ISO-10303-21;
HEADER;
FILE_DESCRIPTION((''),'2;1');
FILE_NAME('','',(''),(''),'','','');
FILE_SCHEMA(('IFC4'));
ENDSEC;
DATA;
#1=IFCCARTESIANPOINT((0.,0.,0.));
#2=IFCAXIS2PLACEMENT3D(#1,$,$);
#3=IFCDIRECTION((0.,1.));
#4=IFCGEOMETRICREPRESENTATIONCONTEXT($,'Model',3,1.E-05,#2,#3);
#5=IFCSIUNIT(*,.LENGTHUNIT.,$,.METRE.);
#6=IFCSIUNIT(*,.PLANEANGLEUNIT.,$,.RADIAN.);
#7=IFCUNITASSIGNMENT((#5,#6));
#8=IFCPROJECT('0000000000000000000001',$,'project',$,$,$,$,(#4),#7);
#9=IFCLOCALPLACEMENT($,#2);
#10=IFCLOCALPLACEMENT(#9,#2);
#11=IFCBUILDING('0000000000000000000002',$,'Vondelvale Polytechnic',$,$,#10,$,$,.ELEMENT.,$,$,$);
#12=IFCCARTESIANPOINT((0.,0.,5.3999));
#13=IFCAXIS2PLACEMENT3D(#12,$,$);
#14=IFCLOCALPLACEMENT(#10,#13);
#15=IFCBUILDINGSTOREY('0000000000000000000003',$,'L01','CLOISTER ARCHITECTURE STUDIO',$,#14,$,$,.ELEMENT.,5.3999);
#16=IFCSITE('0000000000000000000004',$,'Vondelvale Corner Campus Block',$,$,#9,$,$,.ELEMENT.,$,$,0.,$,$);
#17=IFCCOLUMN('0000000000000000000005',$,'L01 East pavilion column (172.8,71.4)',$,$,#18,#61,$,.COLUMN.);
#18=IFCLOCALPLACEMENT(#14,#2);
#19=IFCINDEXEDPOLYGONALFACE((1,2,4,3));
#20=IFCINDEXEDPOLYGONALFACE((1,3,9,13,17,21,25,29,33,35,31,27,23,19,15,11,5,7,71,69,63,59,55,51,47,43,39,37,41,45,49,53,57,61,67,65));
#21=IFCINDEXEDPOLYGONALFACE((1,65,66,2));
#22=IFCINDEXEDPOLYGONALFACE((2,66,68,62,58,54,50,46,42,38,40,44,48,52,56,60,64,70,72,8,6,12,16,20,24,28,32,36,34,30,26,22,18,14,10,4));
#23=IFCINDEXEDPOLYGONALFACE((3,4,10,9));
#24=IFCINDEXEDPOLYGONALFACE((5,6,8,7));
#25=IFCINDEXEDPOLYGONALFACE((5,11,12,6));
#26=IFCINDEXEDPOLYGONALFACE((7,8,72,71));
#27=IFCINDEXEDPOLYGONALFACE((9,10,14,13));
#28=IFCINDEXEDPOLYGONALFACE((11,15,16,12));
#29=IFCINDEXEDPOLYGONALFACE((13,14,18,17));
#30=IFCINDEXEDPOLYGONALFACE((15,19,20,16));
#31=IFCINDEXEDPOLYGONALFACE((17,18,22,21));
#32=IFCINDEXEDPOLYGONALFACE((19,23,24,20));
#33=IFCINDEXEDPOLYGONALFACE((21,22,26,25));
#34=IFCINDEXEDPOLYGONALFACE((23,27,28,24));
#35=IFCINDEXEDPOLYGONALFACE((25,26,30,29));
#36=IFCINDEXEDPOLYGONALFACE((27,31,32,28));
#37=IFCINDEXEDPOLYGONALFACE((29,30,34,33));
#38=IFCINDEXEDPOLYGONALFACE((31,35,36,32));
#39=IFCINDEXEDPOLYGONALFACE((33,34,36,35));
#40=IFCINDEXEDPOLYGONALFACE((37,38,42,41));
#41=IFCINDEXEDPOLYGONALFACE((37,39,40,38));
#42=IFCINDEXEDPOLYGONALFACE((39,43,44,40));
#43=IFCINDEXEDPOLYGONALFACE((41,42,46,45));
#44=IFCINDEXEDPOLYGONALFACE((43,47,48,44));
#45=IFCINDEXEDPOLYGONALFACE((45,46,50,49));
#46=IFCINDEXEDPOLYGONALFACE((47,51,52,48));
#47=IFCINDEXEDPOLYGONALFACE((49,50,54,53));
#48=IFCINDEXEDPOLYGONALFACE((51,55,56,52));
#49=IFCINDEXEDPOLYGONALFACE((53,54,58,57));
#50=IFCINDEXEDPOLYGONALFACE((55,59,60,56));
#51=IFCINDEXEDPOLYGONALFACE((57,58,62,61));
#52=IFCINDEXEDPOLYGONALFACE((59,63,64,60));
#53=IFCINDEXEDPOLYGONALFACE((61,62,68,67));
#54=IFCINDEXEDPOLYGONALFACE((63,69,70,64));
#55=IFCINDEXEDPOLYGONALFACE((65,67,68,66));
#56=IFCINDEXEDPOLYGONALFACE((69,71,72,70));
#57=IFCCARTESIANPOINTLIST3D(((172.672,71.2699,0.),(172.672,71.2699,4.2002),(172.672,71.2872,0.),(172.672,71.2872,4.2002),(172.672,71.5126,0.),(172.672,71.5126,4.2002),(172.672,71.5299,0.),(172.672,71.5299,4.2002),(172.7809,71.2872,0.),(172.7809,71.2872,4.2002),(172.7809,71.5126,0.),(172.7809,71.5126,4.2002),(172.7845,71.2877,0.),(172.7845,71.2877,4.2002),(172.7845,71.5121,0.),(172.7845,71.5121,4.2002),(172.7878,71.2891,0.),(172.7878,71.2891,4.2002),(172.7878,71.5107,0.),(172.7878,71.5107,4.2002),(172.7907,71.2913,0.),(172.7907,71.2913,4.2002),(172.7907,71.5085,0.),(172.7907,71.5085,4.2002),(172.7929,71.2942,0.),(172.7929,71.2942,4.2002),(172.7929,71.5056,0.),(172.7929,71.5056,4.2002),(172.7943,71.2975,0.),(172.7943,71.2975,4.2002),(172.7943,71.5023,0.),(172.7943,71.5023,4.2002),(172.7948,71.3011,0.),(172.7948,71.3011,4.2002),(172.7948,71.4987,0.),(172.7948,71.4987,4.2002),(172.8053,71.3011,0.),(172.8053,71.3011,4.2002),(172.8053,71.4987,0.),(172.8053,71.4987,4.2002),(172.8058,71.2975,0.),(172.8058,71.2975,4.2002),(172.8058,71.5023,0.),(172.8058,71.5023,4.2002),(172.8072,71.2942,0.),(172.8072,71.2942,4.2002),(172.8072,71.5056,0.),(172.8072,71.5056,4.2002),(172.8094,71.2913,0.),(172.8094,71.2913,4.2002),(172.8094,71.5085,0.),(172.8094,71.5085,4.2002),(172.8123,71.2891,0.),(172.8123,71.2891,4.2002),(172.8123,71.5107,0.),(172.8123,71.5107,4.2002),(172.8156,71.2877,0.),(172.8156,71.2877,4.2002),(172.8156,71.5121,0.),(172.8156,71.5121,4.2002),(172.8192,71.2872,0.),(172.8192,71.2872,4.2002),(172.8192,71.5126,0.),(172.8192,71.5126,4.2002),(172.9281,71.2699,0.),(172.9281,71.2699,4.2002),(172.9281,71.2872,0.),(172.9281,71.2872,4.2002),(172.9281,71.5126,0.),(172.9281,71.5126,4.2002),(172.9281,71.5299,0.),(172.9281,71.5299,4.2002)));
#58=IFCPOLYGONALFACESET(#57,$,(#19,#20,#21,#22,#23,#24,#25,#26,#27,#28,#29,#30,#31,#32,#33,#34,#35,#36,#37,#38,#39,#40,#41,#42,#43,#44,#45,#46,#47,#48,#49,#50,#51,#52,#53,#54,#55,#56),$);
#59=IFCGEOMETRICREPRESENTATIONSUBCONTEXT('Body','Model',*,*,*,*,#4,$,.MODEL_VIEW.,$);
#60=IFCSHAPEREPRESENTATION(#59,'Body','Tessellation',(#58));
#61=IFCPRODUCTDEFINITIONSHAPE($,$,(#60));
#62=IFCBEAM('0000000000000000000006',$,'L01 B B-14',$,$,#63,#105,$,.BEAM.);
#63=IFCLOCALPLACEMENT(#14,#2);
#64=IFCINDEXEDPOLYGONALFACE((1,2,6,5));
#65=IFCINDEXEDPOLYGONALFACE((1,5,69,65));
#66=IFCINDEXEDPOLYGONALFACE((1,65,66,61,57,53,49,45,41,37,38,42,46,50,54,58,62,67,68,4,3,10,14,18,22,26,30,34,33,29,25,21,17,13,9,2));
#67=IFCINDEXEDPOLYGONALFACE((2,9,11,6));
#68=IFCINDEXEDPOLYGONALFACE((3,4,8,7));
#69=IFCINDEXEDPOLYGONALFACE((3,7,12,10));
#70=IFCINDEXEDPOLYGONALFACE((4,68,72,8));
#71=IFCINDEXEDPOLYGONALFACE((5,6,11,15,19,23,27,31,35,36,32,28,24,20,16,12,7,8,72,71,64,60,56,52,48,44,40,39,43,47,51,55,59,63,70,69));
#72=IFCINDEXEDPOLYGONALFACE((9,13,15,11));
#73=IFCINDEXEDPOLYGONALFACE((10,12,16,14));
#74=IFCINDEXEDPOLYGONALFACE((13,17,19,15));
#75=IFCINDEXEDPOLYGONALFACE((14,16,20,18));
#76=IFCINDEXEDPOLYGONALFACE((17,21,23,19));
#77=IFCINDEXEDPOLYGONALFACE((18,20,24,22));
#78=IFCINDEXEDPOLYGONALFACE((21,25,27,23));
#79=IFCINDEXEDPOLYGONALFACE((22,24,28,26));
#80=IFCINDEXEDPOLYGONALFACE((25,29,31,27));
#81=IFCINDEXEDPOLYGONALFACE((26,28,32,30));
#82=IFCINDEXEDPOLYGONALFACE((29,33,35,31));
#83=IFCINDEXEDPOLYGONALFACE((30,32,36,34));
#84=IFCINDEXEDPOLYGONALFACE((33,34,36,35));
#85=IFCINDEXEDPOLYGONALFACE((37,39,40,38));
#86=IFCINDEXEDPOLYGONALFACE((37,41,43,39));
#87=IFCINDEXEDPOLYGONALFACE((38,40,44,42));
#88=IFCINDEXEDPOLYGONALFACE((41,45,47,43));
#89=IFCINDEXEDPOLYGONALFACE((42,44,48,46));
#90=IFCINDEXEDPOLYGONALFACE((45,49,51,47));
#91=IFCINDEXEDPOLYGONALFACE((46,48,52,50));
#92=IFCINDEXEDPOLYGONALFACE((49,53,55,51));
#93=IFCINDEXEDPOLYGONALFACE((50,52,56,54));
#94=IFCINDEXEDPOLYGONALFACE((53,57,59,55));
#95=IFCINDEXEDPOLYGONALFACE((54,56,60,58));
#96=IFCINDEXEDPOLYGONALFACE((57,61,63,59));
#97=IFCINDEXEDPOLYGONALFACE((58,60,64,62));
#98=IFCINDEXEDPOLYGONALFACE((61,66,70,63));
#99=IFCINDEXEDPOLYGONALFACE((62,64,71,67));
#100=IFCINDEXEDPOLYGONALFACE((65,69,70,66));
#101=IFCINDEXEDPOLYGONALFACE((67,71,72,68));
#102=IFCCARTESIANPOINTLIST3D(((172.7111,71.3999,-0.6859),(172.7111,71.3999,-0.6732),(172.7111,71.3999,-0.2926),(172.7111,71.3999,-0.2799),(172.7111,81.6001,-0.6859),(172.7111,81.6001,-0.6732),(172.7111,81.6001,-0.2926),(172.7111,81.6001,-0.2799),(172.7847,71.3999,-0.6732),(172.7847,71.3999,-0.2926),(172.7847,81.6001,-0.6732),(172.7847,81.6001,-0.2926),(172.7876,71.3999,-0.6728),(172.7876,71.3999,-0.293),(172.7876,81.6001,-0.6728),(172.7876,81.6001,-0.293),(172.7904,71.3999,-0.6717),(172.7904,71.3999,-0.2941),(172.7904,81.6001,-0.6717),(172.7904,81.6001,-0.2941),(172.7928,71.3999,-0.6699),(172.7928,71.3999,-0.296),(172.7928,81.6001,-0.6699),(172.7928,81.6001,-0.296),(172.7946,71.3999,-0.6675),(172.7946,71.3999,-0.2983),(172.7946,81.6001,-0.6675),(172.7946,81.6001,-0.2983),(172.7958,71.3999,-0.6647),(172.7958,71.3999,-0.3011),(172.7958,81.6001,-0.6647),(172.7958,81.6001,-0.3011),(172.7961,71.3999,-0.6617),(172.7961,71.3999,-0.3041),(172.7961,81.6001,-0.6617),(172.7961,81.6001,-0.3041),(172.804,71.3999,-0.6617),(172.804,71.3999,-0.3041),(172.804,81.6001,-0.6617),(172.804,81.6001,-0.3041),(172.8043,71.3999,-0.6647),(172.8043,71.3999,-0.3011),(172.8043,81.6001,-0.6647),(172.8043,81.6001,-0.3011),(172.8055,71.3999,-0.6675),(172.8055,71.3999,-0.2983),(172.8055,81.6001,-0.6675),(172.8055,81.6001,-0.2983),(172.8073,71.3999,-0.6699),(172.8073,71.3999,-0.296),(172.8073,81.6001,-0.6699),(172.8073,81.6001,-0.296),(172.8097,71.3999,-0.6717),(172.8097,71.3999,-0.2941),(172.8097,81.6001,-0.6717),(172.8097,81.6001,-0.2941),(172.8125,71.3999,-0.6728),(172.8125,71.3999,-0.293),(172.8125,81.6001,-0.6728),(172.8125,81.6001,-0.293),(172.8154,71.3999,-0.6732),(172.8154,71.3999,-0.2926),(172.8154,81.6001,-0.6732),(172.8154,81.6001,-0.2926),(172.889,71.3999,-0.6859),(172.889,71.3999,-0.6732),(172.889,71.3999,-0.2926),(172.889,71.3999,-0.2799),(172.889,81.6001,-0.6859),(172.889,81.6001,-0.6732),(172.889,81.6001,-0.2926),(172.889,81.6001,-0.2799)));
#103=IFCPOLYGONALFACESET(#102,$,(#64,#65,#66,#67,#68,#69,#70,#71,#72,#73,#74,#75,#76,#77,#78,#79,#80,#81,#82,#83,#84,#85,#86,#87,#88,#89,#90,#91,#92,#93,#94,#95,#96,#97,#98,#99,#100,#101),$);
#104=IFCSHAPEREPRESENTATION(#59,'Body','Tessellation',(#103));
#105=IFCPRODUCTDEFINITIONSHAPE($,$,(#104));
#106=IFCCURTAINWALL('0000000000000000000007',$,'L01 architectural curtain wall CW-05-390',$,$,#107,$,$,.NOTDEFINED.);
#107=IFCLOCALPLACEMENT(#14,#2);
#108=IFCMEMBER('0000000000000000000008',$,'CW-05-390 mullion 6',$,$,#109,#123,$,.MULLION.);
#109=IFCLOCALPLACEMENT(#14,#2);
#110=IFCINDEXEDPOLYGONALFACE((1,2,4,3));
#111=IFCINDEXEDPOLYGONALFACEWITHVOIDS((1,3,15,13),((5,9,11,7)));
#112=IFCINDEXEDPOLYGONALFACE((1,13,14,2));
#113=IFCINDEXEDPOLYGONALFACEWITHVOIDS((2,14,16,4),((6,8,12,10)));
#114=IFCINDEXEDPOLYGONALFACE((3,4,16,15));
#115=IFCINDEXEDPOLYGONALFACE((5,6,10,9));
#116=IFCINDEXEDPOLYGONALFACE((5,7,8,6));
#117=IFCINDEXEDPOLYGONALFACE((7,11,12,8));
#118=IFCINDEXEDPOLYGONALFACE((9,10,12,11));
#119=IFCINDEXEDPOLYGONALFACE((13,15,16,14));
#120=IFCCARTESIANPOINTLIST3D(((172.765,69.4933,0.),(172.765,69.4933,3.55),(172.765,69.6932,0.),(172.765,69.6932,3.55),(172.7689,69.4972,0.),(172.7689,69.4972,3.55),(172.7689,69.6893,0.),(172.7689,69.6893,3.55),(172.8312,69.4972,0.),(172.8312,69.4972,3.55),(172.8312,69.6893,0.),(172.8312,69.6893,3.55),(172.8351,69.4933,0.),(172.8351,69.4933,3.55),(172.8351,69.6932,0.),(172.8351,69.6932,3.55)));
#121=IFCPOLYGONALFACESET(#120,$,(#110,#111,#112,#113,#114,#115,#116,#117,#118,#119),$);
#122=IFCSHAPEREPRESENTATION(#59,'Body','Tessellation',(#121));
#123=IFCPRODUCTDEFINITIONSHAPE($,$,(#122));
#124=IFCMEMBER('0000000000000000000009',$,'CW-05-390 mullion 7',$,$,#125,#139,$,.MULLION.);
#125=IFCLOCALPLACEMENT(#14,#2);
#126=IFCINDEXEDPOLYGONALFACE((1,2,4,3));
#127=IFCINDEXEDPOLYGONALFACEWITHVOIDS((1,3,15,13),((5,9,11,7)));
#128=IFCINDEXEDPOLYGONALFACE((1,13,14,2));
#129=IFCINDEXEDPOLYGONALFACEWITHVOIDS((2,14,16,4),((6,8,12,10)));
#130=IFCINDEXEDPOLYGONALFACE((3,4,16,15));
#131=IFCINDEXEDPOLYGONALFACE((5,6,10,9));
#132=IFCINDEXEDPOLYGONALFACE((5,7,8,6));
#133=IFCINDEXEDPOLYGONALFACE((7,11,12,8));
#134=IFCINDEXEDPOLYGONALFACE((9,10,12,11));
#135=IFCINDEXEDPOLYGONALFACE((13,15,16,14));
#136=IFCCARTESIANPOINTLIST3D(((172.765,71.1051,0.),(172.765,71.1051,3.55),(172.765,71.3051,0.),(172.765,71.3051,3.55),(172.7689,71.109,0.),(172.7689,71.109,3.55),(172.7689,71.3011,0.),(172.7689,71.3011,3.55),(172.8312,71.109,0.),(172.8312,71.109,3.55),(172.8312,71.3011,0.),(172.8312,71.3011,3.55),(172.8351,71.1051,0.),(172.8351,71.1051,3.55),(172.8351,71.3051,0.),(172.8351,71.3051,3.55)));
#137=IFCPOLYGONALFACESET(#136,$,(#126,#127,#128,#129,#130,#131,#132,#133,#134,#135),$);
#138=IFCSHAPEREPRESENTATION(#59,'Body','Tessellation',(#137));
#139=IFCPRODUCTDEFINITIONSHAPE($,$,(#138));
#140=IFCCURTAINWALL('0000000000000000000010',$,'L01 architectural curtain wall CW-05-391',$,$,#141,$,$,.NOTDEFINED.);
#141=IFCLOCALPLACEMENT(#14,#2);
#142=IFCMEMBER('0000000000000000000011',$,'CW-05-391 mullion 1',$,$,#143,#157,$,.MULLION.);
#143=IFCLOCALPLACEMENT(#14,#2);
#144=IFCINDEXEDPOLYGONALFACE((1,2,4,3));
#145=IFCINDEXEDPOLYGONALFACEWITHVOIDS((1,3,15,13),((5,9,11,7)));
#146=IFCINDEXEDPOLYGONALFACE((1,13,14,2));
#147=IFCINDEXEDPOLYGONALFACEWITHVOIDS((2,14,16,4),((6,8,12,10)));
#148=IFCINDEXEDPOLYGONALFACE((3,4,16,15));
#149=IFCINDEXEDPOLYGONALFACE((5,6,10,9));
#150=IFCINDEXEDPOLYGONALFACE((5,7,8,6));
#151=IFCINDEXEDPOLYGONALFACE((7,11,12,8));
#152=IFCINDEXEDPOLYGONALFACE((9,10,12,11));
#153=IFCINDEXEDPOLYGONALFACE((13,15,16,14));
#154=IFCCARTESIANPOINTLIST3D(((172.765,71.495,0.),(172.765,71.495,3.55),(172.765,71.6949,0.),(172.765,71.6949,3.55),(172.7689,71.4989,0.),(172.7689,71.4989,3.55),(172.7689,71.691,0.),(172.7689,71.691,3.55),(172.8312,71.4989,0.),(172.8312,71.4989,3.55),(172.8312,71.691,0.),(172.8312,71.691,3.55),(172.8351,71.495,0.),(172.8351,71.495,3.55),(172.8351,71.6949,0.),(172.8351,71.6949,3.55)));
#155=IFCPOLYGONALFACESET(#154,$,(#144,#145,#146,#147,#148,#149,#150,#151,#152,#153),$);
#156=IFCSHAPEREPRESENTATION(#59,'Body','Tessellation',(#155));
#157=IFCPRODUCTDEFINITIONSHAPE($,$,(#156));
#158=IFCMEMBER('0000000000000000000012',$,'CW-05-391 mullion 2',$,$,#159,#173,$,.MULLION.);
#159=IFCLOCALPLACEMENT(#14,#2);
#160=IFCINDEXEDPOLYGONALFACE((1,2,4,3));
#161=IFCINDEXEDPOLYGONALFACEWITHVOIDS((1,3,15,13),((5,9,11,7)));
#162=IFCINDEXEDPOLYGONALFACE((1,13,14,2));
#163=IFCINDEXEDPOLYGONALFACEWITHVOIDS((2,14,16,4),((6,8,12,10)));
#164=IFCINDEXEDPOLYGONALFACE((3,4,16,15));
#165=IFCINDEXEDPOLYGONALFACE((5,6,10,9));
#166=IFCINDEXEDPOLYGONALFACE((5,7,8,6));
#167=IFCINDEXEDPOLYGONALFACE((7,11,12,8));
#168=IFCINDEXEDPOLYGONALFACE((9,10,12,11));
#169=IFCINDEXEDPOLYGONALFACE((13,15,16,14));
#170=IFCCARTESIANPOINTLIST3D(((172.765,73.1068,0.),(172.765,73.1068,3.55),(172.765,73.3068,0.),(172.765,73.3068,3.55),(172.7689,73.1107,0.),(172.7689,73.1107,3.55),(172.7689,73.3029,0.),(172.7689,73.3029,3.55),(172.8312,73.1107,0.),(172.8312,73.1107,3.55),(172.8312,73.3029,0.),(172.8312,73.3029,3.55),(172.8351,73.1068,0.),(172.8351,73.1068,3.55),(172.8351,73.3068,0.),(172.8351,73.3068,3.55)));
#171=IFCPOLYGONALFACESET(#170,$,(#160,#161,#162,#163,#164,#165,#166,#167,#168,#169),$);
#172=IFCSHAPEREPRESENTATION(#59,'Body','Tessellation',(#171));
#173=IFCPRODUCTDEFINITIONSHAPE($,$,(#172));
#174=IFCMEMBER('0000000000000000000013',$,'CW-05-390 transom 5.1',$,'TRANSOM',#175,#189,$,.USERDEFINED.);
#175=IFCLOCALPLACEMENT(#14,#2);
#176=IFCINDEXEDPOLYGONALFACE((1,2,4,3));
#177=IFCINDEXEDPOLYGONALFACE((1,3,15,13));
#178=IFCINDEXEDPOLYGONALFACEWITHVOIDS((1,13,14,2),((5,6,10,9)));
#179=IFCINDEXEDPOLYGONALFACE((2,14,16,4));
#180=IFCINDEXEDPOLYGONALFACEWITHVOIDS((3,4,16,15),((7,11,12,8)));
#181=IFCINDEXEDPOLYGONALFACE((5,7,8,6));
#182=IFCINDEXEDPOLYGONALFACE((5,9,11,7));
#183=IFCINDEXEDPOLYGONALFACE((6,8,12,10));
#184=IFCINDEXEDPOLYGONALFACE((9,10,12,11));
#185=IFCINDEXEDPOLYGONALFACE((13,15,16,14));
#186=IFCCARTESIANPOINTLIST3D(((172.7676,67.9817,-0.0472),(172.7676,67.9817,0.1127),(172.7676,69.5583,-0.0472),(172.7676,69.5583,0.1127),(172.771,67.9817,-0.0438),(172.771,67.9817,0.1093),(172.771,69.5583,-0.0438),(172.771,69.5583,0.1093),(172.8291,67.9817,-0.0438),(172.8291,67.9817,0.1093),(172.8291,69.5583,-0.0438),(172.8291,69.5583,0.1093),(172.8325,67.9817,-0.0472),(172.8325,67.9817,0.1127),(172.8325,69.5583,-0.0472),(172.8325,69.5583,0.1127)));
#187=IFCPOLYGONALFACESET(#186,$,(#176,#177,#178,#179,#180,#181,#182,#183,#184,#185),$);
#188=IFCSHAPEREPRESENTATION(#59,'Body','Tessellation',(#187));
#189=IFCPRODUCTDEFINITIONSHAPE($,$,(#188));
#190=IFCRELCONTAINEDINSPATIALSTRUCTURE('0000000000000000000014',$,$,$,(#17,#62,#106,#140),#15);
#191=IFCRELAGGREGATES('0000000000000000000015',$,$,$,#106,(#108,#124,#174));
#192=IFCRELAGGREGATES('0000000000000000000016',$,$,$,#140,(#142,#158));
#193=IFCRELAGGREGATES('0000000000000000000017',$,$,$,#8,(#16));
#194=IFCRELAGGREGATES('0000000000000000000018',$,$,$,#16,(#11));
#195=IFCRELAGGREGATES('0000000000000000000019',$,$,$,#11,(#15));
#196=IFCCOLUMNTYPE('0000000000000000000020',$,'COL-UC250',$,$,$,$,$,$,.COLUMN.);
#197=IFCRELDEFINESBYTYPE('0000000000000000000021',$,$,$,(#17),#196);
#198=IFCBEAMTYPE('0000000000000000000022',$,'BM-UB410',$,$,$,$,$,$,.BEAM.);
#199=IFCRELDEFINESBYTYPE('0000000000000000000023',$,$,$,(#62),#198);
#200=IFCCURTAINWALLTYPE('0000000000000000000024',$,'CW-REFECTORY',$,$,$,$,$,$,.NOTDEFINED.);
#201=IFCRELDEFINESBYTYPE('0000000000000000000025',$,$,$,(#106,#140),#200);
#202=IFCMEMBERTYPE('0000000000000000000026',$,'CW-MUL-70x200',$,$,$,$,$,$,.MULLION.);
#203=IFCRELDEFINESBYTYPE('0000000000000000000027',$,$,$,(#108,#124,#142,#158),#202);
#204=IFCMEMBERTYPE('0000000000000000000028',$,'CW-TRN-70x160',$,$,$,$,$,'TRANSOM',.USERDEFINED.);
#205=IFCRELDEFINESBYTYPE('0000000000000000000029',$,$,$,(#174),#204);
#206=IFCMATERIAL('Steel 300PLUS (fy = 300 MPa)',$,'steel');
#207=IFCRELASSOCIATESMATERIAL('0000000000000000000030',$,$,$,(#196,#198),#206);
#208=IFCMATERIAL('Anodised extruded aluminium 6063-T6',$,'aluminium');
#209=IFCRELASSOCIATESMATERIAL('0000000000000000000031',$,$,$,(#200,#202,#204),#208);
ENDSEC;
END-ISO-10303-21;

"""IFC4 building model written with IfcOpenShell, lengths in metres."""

from ifc_helpers import new_model, si_unit, direction, frame, origin, origin_2d, place, context, subcontext, project, spatial, hollow_rectangle, i_section, extrude, material, material_profile, profile_set, type_object, element, aggregate, save


model = new_model("IFC4")

# Units and contexts
model_context = context("Model", 3, precision=1e-05, world=origin(), true_north=direction((0.0, 1.0)))
body_context = subcontext(model_context, "Body", "Model", "MODEL_VIEW")
ifc_project = project(units=[si_unit("LENGTHUNIT", "METRE"), si_unit("PLANEANGLEUNIT", "RADIAN")], contexts=[model_context])

# Site, building, storey
site_placement = place(None, origin())
site = spatial("IfcSite", under=ifc_project, at=site_placement, Name="Vondelvale Corner Campus Block", CompositionType="ELEMENT", RefElevation=0.0)
building_placement = place(site_placement, origin())
building = spatial("IfcBuilding", under=site, at=building_placement, Name="Vondelvale Polytechnic", CompositionType="ELEMENT")
storey_placement = place(building_placement, frame((0.0, 0.0, 5.3999)))
storey = spatial("IfcBuildingStorey", under=building, at=storey_placement, Name="L01", Description="CLOISTER ARCHITECTURE STUDIO", CompositionType="ELEMENT", Elevation=5.3999)

# Column
ifc_material_1 = material(Name="Steel 300PLUS (fy = 300 MPa)", Category="steel")
ifc_material_profile_1 = material_profile(ifc_material_1, i_section(OverallWidth=0.2561, OverallDepth=0.26, WebThickness=0.0105, FlangeThickness=0.0173, FilletRadius=0.0139, at=origin_2d()), Name="250UC89.5")
ifc_profile_set_1 = profile_set([ifc_material_profile_1], Name="Steel 300PLUS (fy = 300 MPa)")
column_type = type_object("IfcColumnType", Name="COL-UC250", PredefinedType="COLUMN", material=ifc_profile_set_1)
column_placement = place(storey_placement, frame((172.8, 71.3999, 0.0), z_axis=(0.0, 0.0, 1.0), x_axis=(1.0, 0.0, 0.0)))
element("IfcColumn", 1, at=column_placement, inside=storey, type_object=column_type, Name="L01 East pavilion column (172.8,71.4)", PredefinedType="COLUMN", context=body_context, shape_type="SweptSolid", body=[
    extrude(i_section(OverallWidth=0.2561, OverallDepth=0.26, WebThickness=0.0105, FlangeThickness=0.0173, FilletRadius=0.0139, at=origin_2d()), origin(), (0.0, 0.0, 1.0), 4.2002),
])

# Beam
ifc_material_profile_2 = material_profile(ifc_material_1, i_section(OverallWidth=0.178, OverallDepth=0.406, WebThickness=0.0078, FlangeThickness=0.0127, FilletRadius=0.0115, at=origin_2d()), Name="410UB59.7")
ifc_profile_set_2 = profile_set([ifc_material_profile_2], Name="Steel 300PLUS (fy = 300 MPa)")
beam_type = type_object("IfcBeamType", Name="BM-UB410", PredefinedType="BEAM", material=ifc_profile_set_2)
beam_placement = place(storey_placement, frame((172.8, 71.3999, -0.4829), z_axis=(0.0, 1.0, 0.0), x_axis=(-1.0, 0.0, 0.0)))
element("IfcBeam", 2, at=beam_placement, inside=storey, type_object=beam_type, Name="L01 B B-14", PredefinedType="BEAM", context=body_context, shape_type="SweptSolid", body=[
    extrude(i_section(OverallWidth=0.178, OverallDepth=0.406, WebThickness=0.0078, FlangeThickness=0.0127, FilletRadius=0.0115, at=origin_2d()), origin(), (0.0, 0.0, 1.0), 10.2002),
])

# Curtain walls, members
ifc_material_2 = material(Name="Anodised extruded aluminium 6063-T6", Category="aluminium")
curtain_wall_type = type_object("IfcCurtainWallType", Name="CW-REFECTORY", PredefinedType="NOTDEFINED", material=ifc_material_2)
curtain_wall_1_placement = place(storey_placement, origin())
curtain_wall_1 = element("IfcCurtainWall", 3, at=curtain_wall_1_placement, inside=storey, type_object=curtain_wall_type, Name="L01 architectural curtain wall CW-05-390", PredefinedType="NOTDEFINED")
ifc_material_profile_3 = material_profile(ifc_material_2, hollow_rectangle(XDim=0.0701, YDim=0.2, WallThickness=0.0039, at=origin_2d()), Name="CW-MUL-200x70")
ifc_profile_set_3 = profile_set([ifc_material_profile_3], Name="Anodised extruded aluminium 6063-T6")
member_type_1 = type_object("IfcMemberType", Name="CW-MUL-70x200", PredefinedType="MULLION", material=ifc_profile_set_3)
member_1_placement = place(storey_placement, frame((172.8, 69.5933, 0.0), z_axis=(0.0, 0.0, 1.0), x_axis=(-1.0, 0.0, 0.0)))
member_1 = element("IfcMember", 4, at=member_1_placement, type_object=member_type_1, Name="CW-05-390 mullion 6", PredefinedType="MULLION", context=body_context, shape_type="SweptSolid", body=[
    extrude(hollow_rectangle(XDim=0.0701, YDim=0.2, WallThickness=0.0039, at=origin_2d()), origin(), (0.0, 0.0, 1.0), 3.55),
])
member_2_placement = place(storey_placement, frame((172.8, 71.2051, 0.0), z_axis=(0.0, 0.0, 1.0), x_axis=(-1.0, 0.0, 0.0)))
member_2 = element("IfcMember", 5, at=member_2_placement, type_object=member_type_1, Name="CW-05-390 mullion 7", PredefinedType="MULLION", context=body_context, shape_type="SweptSolid", body=[
    extrude(hollow_rectangle(XDim=0.0701, YDim=0.2, WallThickness=0.0039, at=origin_2d()), origin(), (0.0, 0.0, 1.0), 3.55),
])
curtain_wall_2_placement = place(storey_placement, origin())
curtain_wall_2 = element("IfcCurtainWall", 6, at=curtain_wall_2_placement, inside=storey, type_object=curtain_wall_type, Name="L01 architectural curtain wall CW-05-391", PredefinedType="NOTDEFINED")
member_3_placement = place(storey_placement, frame((172.8, 71.595, 0.0), z_axis=(0.0, 0.0, 1.0), x_axis=(-1.0, 0.0, 0.0)))
member_3 = element("IfcMember", 7, at=member_3_placement, type_object=member_type_1, Name="CW-05-391 mullion 1", PredefinedType="MULLION", context=body_context, shape_type="SweptSolid", body=[
    extrude(hollow_rectangle(XDim=0.0701, YDim=0.2, WallThickness=0.0039, at=origin_2d()), origin(), (0.0, 0.0, 1.0), 3.55),
])
member_4_placement = place(storey_placement, frame((172.8, 73.2068, 0.0), z_axis=(0.0, 0.0, 1.0), x_axis=(-1.0, 0.0, 0.0)))
member_4 = element("IfcMember", 8, at=member_4_placement, type_object=member_type_1, Name="CW-05-391 mullion 2", PredefinedType="MULLION", context=body_context, shape_type="SweptSolid", body=[
    extrude(hollow_rectangle(XDim=0.0701, YDim=0.2, WallThickness=0.0039, at=origin_2d()), origin(), (0.0, 0.0, 1.0), 3.55),
])

# Member
ifc_material_profile_4 = material_profile(ifc_material_2, hollow_rectangle(XDim=0.0649, YDim=0.1599, WallThickness=0.0034, at=origin_2d()), Name="CW-TRN-160x65")
ifc_profile_set_4 = profile_set([ifc_material_profile_4], Name="Anodised extruded aluminium 6063-T6")
member_type_2 = type_object("IfcMemberType", Name="CW-TRN-70x160", ElementType="TRANSOM", PredefinedType="USERDEFINED", material=ifc_profile_set_4)
member_5_placement = place(storey_placement, frame((172.8, 67.9817, 0.0327), z_axis=(0.0, 1.0, 0.0), x_axis=(-1.0, 0.0, 0.0)))
member_5 = element("IfcMember", 9, at=member_5_placement, type_object=member_type_2, Name="CW-05-390 transom 5.1", ObjectType="TRANSOM", PredefinedType="USERDEFINED", context=body_context, shape_type="SweptSolid", body=[
    extrude(hollow_rectangle(XDim=0.0649, YDim=0.1599, WallThickness=0.0034, at=origin_2d()), origin(), (0.0, 0.0, 1.0), 1.5767),
])

aggregate(curtain_wall_1, [member_1, member_2, member_5])
aggregate(curtain_wall_2, [member_3, member_4])

save(model, "model.ifc")
